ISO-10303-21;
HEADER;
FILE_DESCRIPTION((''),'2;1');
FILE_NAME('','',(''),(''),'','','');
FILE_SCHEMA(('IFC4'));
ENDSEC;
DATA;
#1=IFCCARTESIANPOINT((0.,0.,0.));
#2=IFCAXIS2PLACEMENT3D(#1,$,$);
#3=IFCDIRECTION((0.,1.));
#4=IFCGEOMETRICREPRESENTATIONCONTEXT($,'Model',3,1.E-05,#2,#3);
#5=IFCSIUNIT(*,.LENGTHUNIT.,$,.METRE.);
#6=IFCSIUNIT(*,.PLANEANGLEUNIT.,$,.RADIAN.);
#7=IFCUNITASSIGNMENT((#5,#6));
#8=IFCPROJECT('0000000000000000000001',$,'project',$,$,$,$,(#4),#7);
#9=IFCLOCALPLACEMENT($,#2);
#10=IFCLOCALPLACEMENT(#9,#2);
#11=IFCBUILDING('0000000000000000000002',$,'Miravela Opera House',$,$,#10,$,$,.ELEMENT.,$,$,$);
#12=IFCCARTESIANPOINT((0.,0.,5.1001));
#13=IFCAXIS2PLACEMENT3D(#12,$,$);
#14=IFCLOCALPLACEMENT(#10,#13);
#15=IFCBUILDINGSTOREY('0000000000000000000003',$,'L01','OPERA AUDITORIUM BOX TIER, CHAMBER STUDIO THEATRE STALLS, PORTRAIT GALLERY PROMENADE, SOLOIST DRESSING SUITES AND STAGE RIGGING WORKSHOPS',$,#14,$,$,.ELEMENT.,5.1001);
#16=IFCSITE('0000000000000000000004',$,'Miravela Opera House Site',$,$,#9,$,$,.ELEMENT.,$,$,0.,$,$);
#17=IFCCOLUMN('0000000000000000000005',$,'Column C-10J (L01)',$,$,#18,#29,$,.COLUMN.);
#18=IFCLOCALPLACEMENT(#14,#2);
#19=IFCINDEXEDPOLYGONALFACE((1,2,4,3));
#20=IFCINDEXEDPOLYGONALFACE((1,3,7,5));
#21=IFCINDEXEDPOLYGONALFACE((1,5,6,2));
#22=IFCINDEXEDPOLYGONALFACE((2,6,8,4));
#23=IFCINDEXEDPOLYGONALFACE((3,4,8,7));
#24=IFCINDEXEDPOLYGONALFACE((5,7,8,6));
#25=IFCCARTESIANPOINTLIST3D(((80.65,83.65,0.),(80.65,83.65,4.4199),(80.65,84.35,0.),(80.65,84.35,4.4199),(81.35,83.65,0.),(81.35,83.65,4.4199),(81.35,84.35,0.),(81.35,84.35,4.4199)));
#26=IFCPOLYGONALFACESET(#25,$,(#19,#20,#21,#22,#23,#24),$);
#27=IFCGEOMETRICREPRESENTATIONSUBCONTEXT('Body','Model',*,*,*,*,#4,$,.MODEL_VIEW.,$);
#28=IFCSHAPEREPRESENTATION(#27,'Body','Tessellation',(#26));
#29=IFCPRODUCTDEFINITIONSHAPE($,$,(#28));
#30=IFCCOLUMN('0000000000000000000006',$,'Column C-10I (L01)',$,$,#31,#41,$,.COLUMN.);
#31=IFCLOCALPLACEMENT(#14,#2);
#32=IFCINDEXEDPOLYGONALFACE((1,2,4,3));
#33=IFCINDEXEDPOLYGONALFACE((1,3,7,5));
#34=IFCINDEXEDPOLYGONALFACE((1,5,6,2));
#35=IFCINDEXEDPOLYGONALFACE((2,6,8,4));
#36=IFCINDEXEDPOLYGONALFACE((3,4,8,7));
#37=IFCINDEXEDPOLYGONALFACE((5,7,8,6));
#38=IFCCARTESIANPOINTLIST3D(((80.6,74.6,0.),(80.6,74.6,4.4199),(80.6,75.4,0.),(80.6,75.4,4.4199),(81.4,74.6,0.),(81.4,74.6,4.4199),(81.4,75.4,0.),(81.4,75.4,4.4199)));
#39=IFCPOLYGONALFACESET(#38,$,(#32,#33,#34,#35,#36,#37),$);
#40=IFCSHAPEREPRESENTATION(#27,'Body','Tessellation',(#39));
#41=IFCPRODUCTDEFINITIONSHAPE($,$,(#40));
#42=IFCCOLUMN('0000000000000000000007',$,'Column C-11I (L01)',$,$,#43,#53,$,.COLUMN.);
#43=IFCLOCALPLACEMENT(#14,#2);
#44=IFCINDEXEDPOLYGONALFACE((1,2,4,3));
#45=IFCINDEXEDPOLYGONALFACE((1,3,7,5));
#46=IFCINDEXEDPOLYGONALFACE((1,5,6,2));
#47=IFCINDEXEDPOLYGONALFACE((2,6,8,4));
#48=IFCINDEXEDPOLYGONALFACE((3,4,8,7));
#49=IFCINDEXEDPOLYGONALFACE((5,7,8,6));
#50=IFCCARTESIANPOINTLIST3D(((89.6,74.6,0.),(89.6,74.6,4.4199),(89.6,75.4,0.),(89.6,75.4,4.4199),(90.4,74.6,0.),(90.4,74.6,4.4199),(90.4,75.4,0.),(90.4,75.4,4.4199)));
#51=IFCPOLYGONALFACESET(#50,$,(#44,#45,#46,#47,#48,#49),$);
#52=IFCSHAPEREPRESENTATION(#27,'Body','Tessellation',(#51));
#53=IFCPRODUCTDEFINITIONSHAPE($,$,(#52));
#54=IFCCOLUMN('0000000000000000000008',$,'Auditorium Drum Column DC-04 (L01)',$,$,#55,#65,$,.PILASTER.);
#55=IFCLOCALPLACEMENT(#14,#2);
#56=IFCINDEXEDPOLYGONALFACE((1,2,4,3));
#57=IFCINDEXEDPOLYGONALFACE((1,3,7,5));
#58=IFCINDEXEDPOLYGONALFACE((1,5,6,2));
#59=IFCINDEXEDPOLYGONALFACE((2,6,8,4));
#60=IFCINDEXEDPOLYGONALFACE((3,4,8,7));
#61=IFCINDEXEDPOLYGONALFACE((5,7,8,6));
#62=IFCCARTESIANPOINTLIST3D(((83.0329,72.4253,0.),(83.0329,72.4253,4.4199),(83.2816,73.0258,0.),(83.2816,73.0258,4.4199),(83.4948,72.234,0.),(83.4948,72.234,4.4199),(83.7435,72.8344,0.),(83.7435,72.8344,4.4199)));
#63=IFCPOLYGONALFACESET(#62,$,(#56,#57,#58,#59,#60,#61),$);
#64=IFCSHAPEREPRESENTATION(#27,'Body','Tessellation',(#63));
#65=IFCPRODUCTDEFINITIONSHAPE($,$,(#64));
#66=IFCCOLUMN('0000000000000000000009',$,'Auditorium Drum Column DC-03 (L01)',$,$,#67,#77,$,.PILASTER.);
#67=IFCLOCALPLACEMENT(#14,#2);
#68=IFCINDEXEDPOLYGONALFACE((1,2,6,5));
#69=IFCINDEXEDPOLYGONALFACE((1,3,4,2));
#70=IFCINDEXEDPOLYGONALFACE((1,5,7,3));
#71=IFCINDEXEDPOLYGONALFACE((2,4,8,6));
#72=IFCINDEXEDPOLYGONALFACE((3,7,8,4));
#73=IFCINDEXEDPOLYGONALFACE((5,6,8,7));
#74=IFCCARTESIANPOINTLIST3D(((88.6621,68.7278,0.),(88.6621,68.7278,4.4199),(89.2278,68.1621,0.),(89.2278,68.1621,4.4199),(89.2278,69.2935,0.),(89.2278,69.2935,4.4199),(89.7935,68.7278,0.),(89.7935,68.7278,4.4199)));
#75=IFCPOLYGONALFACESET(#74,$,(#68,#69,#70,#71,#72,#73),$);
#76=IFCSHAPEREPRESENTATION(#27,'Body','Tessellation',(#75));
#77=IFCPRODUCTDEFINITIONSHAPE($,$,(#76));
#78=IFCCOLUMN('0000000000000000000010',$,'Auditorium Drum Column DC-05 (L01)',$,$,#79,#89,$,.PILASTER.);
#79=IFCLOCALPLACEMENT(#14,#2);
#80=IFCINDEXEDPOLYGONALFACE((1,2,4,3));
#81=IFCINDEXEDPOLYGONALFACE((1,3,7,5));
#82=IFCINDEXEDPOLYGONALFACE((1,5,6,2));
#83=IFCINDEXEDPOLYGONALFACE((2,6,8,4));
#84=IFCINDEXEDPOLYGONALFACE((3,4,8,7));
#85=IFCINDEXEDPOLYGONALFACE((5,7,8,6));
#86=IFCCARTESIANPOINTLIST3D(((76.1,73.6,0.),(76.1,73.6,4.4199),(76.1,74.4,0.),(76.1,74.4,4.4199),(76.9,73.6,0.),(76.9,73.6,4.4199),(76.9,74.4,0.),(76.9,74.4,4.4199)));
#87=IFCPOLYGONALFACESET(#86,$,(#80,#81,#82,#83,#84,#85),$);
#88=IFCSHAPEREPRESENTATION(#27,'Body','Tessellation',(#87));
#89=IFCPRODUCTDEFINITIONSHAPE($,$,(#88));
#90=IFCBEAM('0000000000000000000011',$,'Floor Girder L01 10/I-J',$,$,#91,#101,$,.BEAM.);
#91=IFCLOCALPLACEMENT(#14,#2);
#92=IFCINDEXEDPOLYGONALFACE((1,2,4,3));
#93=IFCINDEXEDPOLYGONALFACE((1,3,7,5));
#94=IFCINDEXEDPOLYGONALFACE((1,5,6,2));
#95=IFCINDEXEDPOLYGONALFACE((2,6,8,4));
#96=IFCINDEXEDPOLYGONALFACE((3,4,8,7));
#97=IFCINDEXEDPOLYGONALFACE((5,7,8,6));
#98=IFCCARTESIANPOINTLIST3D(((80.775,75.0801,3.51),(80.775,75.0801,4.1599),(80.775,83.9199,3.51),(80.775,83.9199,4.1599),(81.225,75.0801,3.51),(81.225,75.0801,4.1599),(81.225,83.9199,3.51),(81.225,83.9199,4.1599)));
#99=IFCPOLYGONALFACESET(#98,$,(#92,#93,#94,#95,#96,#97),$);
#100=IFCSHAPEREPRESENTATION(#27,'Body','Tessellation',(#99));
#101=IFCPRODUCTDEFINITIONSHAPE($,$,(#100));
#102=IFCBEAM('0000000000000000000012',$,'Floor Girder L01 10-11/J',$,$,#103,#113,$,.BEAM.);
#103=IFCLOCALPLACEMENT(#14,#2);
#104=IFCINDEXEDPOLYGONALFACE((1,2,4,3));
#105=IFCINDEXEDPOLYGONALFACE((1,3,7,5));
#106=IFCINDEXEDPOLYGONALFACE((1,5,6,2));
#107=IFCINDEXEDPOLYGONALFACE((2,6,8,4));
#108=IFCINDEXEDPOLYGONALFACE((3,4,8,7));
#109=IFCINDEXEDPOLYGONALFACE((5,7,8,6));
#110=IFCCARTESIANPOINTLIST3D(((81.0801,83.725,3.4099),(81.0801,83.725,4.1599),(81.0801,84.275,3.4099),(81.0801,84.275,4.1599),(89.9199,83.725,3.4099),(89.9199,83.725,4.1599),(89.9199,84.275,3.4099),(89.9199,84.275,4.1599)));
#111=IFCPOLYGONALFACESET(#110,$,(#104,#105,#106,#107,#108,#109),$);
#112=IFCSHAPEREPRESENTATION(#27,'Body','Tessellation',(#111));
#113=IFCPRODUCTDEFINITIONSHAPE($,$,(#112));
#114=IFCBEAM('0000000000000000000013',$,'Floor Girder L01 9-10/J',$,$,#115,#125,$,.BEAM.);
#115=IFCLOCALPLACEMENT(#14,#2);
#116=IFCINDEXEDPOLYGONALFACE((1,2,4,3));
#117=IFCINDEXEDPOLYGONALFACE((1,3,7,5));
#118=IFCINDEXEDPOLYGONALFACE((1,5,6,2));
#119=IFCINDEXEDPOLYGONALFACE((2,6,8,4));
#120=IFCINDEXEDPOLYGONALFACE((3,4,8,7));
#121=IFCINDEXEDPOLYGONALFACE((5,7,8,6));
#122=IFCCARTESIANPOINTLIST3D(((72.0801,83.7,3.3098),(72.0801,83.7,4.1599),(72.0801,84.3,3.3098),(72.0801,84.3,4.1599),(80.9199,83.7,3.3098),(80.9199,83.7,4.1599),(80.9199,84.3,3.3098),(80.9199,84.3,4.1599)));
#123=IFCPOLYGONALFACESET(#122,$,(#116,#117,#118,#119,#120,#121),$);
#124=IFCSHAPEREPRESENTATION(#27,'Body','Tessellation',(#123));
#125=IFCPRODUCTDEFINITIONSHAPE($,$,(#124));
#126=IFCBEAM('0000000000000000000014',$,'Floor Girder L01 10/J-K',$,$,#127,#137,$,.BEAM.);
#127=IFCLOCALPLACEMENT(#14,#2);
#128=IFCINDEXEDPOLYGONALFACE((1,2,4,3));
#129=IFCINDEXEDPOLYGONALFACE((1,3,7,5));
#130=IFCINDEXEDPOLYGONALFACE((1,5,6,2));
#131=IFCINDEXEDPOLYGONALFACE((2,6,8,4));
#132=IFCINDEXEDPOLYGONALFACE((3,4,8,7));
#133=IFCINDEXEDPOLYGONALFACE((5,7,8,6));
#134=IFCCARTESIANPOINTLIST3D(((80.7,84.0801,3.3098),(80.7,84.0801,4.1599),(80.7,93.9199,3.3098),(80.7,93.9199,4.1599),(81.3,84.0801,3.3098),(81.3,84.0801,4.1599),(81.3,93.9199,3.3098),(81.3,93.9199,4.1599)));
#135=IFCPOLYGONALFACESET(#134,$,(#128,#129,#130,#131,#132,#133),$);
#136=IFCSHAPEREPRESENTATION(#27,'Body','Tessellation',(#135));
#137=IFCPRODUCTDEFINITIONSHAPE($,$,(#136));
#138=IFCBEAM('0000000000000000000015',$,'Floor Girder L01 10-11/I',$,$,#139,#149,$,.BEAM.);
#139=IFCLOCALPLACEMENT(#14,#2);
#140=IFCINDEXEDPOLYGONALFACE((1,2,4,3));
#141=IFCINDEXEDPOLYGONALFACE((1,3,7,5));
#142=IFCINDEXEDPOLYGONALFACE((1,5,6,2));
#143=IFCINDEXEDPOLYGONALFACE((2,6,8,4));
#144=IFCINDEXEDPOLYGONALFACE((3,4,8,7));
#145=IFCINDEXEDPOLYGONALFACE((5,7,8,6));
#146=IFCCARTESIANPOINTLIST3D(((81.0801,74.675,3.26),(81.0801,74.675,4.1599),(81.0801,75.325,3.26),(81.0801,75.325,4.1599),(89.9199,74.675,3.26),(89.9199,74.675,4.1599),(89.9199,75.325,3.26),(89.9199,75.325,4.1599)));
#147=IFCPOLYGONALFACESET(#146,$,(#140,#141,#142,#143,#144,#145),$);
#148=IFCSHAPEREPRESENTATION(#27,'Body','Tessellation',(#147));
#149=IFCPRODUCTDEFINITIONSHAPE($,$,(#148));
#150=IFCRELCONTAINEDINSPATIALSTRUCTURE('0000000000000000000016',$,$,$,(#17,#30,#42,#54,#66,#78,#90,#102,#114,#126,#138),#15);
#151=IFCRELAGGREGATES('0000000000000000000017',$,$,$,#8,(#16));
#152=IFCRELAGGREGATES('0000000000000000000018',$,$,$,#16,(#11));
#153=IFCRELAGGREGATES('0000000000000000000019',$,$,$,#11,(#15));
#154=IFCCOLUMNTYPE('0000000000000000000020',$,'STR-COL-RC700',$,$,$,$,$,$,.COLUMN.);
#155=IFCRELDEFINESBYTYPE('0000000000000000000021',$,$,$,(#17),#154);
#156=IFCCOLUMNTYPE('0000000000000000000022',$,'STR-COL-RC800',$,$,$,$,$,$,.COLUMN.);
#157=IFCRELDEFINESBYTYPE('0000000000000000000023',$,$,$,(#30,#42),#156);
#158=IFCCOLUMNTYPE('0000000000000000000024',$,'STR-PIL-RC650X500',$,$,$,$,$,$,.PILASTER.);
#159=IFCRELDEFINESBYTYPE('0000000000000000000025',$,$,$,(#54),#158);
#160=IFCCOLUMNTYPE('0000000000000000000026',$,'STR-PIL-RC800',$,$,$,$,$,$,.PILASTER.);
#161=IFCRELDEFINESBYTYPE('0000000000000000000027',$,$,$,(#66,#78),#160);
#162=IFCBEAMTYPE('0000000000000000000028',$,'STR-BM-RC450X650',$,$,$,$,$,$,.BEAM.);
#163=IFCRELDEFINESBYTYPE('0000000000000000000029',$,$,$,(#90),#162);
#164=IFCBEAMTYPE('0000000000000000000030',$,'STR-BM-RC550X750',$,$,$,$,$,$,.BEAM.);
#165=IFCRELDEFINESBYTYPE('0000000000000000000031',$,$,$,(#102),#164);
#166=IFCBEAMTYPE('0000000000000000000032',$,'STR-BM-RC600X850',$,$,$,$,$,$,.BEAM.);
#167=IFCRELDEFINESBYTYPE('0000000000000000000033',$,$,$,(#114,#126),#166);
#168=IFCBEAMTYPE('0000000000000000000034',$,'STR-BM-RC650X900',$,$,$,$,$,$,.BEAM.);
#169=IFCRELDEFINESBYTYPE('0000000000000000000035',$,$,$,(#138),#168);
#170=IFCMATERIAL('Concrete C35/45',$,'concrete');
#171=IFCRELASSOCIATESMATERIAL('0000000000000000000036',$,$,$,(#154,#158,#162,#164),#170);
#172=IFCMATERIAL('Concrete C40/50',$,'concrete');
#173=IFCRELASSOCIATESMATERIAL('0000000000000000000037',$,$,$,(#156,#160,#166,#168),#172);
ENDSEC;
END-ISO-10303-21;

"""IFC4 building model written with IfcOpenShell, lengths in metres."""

from ifc_helpers import new_model, si_unit, direction, frame, origin, origin_2d, place, context, subcontext, project, spatial, rectangle, extrude, material, material_profile, profile_set, type_object, element, save


model = new_model("IFC4")

# Units and contexts
model_context = context("Model", 3, precision=1e-05, world=origin(), true_north=direction((0.0, 1.0)))
body_context = subcontext(model_context, "Body", "Model", "MODEL_VIEW")
ifc_project = project(units=[si_unit("LENGTHUNIT", "METRE"), si_unit("PLANEANGLEUNIT", "RADIAN")], contexts=[model_context])

# Site, building, storey
site_placement = place(None, origin())
site = spatial("IfcSite", under=ifc_project, at=site_placement, Name="Miravela Opera House Site", CompositionType="ELEMENT", RefElevation=0.0)
building_placement = place(site_placement, origin())
building = spatial("IfcBuilding", under=site, at=building_placement, Name="Miravela Opera House", CompositionType="ELEMENT")
storey_placement = place(building_placement, frame((0.0, 0.0, 5.1001)))
storey = spatial("IfcBuildingStorey", under=building, at=storey_placement, Name="L01", Description="OPERA AUDITORIUM BOX TIER, CHAMBER STUDIO THEATRE STALLS, PORTRAIT GALLERY PROMENADE, SOLOIST DRESSING SUITES AND STAGE RIGGING WORKSHOPS", CompositionType="ELEMENT", Elevation=5.1001)

# Columns
ifc_material_1 = material(Name="Concrete C35/45", Category="concrete")
ifc_material_profile_1 = material_profile(ifc_material_1, rectangle(XDim=0.7, YDim=0.7, at=origin_2d()), Name="RC-COL-700X700")
ifc_profile_set_1 = profile_set([ifc_material_profile_1])
column_type_1 = type_object("IfcColumnType", Name="STR-COL-RC700", PredefinedType="COLUMN", material=ifc_profile_set_1)
column_1_placement = place(storey_placement, frame((81.0, 84.0, 0.0), z_axis=(0.0, 0.0, 1.0), x_axis=(1.0, 0.0, 0.0)))
element("IfcColumn", 1, at=column_1_placement, inside=storey, type_object=column_type_1, Name="Column C-10J (L01)", PredefinedType="COLUMN", context=body_context, shape_type="SweptSolid", body=[
    extrude(rectangle(XDim=0.7, YDim=0.7, at=origin_2d()), origin(), (0.0, 0.0, 1.0), 4.4199),
])
ifc_material_2 = material(Name="Concrete C40/50", Category="concrete")
ifc_material_profile_2 = material_profile(ifc_material_2, rectangle(XDim=0.8, YDim=0.8, at=origin_2d()), Name="RC-COL-800X800")
ifc_profile_set_2 = profile_set([ifc_material_profile_2])
column_type_2 = type_object("IfcColumnType", Name="STR-COL-RC800", PredefinedType="COLUMN", material=ifc_profile_set_2)
for number, where, z_axis, x_axis, name in (
    (2, (81.0, 75.0, 0.0), (0.0, 0.0, 1.0), (1.0, 0.0, 0.0), "Column C-10I (L01)"),
    (3, (90.0, 75.0, 0.0), (0.0, 0.0, 1.0), (1.0, 0.0, 0.0), "Column C-11I (L01)"),
):
    element("IfcColumn", number, at=place(storey_placement, frame(where, z_axis=z_axis, x_axis=x_axis)), inside=storey, type_object=column_type_2, Name=name, PredefinedType="COLUMN", context=body_context, shape_type="SweptSolid", body=[
        extrude(rectangle(XDim=0.8, YDim=0.8, at=origin_2d()), origin(), (0.0, 0.0, 1.0), 4.4199),
    ])
ifc_material_profile_3 = material_profile(ifc_material_1, rectangle(XDim=0.6499, YDim=0.5, at=origin_2d()), Name="RC-PIL-650X500")
ifc_profile_set_3 = profile_set([ifc_material_profile_3])
column_type_3 = type_object("IfcColumnType", Name="STR-PIL-RC650X500", PredefinedType="PILASTER", material=ifc_profile_set_3)
column_2_placement = place(storey_placement, frame((83.3882, 72.6299, 0.0), z_axis=(0.0, 0.0, 1.0), x_axis=(0.382683, 0.92388, 0.0)))
element("IfcColumn", 4, at=column_2_placement, inside=storey, type_object=column_type_3, Name="Auditorium Drum Column DC-04 (L01)", PredefinedType="PILASTER", context=body_context, shape_type="SweptSolid", body=[
    extrude(rectangle(XDim=0.6499, YDim=0.5, at=origin_2d()), origin(), (0.0, 0.0, 1.0), 4.4199),
])
ifc_material_profile_4 = material_profile(ifc_material_2, rectangle(XDim=0.8, YDim=0.8, at=origin_2d()), Name="RC-COL-800X800")
ifc_profile_set_4 = profile_set([ifc_material_profile_4])
column_type_4 = type_object("IfcColumnType", Name="STR-PIL-RC800", PredefinedType="PILASTER", material=ifc_profile_set_4)
for number, where, z_axis, x_axis, name in (
    (5, (89.2278, 68.7278, 0.0), (0.0, 0.0, 1.0), (0.707107, 0.707107, 0.0), "Auditorium Drum Column DC-03 (L01)"),
    (6, (76.5, 74.0, 0.0), (0.0, 0.0, 1.0), (0.0, 1.0, 0.0), "Auditorium Drum Column DC-05 (L01)"),
):
    element("IfcColumn", number, at=place(storey_placement, frame(where, z_axis=z_axis, x_axis=x_axis)), inside=storey, type_object=column_type_4, Name=name, PredefinedType="PILASTER", context=body_context, shape_type="SweptSolid", body=[
        extrude(rectangle(XDim=0.8, YDim=0.8, at=origin_2d()), origin(), (0.0, 0.0, 1.0), 4.4199),
    ])

# Beams
ifc_material_profile_5 = material_profile(ifc_material_1, rectangle(XDim=0.45, YDim=0.6499, at=origin_2d()), Name="RC-BM-450X650")
ifc_profile_set_5 = profile_set([ifc_material_profile_5])
beam_type_1 = type_object("IfcBeamType", Name="STR-BM-RC450X650", PredefinedType="BEAM", material=ifc_profile_set_5)
beam_1_placement = place(storey_placement, frame((81.0, 75.0801, 3.835), z_axis=(0.0, 1.0, 0.0), x_axis=(-1.0, 0.0, 0.0)))
element("IfcBeam", 7, at=beam_1_placement, inside=storey, type_object=beam_type_1, Name="Floor Girder L01 10/I-J", PredefinedType="BEAM", context=body_context, shape_type="SweptSolid", body=[
    extrude(rectangle(XDim=0.45, YDim=0.6499, at=origin_2d()), origin(), (0.0, 0.0, 1.0), 8.8398),
])
ifc_material_profile_6 = material_profile(ifc_material_1, rectangle(XDim=0.55, YDim=0.75, at=origin_2d()), Name="RC-BM-550X750")
ifc_profile_set_6 = profile_set([ifc_material_profile_6])
beam_type_2 = type_object("IfcBeamType", Name="STR-BM-RC550X750", PredefinedType="BEAM", material=ifc_profile_set_6)
beam_2_placement = place(storey_placement, frame((81.0801, 84.0, 3.7849), z_axis=(1.0, 0.0, 0.0), x_axis=(0.0, 1.0, 0.0)))
element("IfcBeam", 8, at=beam_2_placement, inside=storey, type_object=beam_type_2, Name="Floor Girder L01 10-11/J", PredefinedType="BEAM", context=body_context, shape_type="SweptSolid", body=[
    extrude(rectangle(XDim=0.55, YDim=0.75, at=origin_2d()), origin(), (0.0, 0.0, 1.0), 8.8398),
])
ifc_material_profile_7 = material_profile(ifc_material_2, rectangle(XDim=0.6001, YDim=0.8501, at=origin_2d()), Name="RC-BM-600X850")
ifc_profile_set_7 = profile_set([ifc_material_profile_7])
beam_type_3 = type_object("IfcBeamType", Name="STR-BM-RC600X850", PredefinedType="BEAM", material=ifc_profile_set_7)
beam_3_placement = place(storey_placement, frame((72.0801, 84.0, 3.7349), z_axis=(1.0, 0.0, 0.0), x_axis=(0.0, 1.0, 0.0)))
element("IfcBeam", 9, at=beam_3_placement, inside=storey, type_object=beam_type_3, Name="Floor Girder L01 9-10/J", PredefinedType="BEAM", context=body_context, shape_type="SweptSolid", body=[
    extrude(rectangle(XDim=0.6001, YDim=0.8501, at=origin_2d()), origin(), (0.0, 0.0, 1.0), 8.8398),
])
beam_4_placement = place(storey_placement, frame((81.0, 84.0801, 3.7349), z_axis=(0.0, 1.0, 0.0), x_axis=(-1.0, 0.0, 0.0)))
element("IfcBeam", 10, at=beam_4_placement, inside=storey, type_object=beam_type_3, Name="Floor Girder L01 10/J-K", PredefinedType="BEAM", context=body_context, shape_type="SweptSolid", body=[
    extrude(rectangle(XDim=0.6001, YDim=0.8501, at=origin_2d()), origin(), (0.0, 0.0, 1.0), 9.8398),
])
ifc_material_profile_8 = material_profile(ifc_material_2, rectangle(XDim=0.6499, YDim=0.8999, at=origin_2d()), Name="RC-BM-650X900")
ifc_profile_set_8 = profile_set([ifc_material_profile_8])
beam_type_4 = type_object("IfcBeamType", Name="STR-BM-RC650X900", PredefinedType="BEAM", material=ifc_profile_set_8)
beam_5_placement = place(storey_placement, frame((81.0801, 75.0, 3.71), z_axis=(1.0, 0.0, 0.0), x_axis=(0.0, 1.0, 0.0)))
element("IfcBeam", 11, at=beam_5_placement, inside=storey, type_object=beam_type_4, Name="Floor Girder L01 10-11/I", PredefinedType="BEAM", context=body_context, shape_type="SweptSolid", body=[
    extrude(rectangle(XDim=0.6499, YDim=0.8999, at=origin_2d()), origin(), (0.0, 0.0, 1.0), 8.8398),
])

save(model, "model.ifc")
